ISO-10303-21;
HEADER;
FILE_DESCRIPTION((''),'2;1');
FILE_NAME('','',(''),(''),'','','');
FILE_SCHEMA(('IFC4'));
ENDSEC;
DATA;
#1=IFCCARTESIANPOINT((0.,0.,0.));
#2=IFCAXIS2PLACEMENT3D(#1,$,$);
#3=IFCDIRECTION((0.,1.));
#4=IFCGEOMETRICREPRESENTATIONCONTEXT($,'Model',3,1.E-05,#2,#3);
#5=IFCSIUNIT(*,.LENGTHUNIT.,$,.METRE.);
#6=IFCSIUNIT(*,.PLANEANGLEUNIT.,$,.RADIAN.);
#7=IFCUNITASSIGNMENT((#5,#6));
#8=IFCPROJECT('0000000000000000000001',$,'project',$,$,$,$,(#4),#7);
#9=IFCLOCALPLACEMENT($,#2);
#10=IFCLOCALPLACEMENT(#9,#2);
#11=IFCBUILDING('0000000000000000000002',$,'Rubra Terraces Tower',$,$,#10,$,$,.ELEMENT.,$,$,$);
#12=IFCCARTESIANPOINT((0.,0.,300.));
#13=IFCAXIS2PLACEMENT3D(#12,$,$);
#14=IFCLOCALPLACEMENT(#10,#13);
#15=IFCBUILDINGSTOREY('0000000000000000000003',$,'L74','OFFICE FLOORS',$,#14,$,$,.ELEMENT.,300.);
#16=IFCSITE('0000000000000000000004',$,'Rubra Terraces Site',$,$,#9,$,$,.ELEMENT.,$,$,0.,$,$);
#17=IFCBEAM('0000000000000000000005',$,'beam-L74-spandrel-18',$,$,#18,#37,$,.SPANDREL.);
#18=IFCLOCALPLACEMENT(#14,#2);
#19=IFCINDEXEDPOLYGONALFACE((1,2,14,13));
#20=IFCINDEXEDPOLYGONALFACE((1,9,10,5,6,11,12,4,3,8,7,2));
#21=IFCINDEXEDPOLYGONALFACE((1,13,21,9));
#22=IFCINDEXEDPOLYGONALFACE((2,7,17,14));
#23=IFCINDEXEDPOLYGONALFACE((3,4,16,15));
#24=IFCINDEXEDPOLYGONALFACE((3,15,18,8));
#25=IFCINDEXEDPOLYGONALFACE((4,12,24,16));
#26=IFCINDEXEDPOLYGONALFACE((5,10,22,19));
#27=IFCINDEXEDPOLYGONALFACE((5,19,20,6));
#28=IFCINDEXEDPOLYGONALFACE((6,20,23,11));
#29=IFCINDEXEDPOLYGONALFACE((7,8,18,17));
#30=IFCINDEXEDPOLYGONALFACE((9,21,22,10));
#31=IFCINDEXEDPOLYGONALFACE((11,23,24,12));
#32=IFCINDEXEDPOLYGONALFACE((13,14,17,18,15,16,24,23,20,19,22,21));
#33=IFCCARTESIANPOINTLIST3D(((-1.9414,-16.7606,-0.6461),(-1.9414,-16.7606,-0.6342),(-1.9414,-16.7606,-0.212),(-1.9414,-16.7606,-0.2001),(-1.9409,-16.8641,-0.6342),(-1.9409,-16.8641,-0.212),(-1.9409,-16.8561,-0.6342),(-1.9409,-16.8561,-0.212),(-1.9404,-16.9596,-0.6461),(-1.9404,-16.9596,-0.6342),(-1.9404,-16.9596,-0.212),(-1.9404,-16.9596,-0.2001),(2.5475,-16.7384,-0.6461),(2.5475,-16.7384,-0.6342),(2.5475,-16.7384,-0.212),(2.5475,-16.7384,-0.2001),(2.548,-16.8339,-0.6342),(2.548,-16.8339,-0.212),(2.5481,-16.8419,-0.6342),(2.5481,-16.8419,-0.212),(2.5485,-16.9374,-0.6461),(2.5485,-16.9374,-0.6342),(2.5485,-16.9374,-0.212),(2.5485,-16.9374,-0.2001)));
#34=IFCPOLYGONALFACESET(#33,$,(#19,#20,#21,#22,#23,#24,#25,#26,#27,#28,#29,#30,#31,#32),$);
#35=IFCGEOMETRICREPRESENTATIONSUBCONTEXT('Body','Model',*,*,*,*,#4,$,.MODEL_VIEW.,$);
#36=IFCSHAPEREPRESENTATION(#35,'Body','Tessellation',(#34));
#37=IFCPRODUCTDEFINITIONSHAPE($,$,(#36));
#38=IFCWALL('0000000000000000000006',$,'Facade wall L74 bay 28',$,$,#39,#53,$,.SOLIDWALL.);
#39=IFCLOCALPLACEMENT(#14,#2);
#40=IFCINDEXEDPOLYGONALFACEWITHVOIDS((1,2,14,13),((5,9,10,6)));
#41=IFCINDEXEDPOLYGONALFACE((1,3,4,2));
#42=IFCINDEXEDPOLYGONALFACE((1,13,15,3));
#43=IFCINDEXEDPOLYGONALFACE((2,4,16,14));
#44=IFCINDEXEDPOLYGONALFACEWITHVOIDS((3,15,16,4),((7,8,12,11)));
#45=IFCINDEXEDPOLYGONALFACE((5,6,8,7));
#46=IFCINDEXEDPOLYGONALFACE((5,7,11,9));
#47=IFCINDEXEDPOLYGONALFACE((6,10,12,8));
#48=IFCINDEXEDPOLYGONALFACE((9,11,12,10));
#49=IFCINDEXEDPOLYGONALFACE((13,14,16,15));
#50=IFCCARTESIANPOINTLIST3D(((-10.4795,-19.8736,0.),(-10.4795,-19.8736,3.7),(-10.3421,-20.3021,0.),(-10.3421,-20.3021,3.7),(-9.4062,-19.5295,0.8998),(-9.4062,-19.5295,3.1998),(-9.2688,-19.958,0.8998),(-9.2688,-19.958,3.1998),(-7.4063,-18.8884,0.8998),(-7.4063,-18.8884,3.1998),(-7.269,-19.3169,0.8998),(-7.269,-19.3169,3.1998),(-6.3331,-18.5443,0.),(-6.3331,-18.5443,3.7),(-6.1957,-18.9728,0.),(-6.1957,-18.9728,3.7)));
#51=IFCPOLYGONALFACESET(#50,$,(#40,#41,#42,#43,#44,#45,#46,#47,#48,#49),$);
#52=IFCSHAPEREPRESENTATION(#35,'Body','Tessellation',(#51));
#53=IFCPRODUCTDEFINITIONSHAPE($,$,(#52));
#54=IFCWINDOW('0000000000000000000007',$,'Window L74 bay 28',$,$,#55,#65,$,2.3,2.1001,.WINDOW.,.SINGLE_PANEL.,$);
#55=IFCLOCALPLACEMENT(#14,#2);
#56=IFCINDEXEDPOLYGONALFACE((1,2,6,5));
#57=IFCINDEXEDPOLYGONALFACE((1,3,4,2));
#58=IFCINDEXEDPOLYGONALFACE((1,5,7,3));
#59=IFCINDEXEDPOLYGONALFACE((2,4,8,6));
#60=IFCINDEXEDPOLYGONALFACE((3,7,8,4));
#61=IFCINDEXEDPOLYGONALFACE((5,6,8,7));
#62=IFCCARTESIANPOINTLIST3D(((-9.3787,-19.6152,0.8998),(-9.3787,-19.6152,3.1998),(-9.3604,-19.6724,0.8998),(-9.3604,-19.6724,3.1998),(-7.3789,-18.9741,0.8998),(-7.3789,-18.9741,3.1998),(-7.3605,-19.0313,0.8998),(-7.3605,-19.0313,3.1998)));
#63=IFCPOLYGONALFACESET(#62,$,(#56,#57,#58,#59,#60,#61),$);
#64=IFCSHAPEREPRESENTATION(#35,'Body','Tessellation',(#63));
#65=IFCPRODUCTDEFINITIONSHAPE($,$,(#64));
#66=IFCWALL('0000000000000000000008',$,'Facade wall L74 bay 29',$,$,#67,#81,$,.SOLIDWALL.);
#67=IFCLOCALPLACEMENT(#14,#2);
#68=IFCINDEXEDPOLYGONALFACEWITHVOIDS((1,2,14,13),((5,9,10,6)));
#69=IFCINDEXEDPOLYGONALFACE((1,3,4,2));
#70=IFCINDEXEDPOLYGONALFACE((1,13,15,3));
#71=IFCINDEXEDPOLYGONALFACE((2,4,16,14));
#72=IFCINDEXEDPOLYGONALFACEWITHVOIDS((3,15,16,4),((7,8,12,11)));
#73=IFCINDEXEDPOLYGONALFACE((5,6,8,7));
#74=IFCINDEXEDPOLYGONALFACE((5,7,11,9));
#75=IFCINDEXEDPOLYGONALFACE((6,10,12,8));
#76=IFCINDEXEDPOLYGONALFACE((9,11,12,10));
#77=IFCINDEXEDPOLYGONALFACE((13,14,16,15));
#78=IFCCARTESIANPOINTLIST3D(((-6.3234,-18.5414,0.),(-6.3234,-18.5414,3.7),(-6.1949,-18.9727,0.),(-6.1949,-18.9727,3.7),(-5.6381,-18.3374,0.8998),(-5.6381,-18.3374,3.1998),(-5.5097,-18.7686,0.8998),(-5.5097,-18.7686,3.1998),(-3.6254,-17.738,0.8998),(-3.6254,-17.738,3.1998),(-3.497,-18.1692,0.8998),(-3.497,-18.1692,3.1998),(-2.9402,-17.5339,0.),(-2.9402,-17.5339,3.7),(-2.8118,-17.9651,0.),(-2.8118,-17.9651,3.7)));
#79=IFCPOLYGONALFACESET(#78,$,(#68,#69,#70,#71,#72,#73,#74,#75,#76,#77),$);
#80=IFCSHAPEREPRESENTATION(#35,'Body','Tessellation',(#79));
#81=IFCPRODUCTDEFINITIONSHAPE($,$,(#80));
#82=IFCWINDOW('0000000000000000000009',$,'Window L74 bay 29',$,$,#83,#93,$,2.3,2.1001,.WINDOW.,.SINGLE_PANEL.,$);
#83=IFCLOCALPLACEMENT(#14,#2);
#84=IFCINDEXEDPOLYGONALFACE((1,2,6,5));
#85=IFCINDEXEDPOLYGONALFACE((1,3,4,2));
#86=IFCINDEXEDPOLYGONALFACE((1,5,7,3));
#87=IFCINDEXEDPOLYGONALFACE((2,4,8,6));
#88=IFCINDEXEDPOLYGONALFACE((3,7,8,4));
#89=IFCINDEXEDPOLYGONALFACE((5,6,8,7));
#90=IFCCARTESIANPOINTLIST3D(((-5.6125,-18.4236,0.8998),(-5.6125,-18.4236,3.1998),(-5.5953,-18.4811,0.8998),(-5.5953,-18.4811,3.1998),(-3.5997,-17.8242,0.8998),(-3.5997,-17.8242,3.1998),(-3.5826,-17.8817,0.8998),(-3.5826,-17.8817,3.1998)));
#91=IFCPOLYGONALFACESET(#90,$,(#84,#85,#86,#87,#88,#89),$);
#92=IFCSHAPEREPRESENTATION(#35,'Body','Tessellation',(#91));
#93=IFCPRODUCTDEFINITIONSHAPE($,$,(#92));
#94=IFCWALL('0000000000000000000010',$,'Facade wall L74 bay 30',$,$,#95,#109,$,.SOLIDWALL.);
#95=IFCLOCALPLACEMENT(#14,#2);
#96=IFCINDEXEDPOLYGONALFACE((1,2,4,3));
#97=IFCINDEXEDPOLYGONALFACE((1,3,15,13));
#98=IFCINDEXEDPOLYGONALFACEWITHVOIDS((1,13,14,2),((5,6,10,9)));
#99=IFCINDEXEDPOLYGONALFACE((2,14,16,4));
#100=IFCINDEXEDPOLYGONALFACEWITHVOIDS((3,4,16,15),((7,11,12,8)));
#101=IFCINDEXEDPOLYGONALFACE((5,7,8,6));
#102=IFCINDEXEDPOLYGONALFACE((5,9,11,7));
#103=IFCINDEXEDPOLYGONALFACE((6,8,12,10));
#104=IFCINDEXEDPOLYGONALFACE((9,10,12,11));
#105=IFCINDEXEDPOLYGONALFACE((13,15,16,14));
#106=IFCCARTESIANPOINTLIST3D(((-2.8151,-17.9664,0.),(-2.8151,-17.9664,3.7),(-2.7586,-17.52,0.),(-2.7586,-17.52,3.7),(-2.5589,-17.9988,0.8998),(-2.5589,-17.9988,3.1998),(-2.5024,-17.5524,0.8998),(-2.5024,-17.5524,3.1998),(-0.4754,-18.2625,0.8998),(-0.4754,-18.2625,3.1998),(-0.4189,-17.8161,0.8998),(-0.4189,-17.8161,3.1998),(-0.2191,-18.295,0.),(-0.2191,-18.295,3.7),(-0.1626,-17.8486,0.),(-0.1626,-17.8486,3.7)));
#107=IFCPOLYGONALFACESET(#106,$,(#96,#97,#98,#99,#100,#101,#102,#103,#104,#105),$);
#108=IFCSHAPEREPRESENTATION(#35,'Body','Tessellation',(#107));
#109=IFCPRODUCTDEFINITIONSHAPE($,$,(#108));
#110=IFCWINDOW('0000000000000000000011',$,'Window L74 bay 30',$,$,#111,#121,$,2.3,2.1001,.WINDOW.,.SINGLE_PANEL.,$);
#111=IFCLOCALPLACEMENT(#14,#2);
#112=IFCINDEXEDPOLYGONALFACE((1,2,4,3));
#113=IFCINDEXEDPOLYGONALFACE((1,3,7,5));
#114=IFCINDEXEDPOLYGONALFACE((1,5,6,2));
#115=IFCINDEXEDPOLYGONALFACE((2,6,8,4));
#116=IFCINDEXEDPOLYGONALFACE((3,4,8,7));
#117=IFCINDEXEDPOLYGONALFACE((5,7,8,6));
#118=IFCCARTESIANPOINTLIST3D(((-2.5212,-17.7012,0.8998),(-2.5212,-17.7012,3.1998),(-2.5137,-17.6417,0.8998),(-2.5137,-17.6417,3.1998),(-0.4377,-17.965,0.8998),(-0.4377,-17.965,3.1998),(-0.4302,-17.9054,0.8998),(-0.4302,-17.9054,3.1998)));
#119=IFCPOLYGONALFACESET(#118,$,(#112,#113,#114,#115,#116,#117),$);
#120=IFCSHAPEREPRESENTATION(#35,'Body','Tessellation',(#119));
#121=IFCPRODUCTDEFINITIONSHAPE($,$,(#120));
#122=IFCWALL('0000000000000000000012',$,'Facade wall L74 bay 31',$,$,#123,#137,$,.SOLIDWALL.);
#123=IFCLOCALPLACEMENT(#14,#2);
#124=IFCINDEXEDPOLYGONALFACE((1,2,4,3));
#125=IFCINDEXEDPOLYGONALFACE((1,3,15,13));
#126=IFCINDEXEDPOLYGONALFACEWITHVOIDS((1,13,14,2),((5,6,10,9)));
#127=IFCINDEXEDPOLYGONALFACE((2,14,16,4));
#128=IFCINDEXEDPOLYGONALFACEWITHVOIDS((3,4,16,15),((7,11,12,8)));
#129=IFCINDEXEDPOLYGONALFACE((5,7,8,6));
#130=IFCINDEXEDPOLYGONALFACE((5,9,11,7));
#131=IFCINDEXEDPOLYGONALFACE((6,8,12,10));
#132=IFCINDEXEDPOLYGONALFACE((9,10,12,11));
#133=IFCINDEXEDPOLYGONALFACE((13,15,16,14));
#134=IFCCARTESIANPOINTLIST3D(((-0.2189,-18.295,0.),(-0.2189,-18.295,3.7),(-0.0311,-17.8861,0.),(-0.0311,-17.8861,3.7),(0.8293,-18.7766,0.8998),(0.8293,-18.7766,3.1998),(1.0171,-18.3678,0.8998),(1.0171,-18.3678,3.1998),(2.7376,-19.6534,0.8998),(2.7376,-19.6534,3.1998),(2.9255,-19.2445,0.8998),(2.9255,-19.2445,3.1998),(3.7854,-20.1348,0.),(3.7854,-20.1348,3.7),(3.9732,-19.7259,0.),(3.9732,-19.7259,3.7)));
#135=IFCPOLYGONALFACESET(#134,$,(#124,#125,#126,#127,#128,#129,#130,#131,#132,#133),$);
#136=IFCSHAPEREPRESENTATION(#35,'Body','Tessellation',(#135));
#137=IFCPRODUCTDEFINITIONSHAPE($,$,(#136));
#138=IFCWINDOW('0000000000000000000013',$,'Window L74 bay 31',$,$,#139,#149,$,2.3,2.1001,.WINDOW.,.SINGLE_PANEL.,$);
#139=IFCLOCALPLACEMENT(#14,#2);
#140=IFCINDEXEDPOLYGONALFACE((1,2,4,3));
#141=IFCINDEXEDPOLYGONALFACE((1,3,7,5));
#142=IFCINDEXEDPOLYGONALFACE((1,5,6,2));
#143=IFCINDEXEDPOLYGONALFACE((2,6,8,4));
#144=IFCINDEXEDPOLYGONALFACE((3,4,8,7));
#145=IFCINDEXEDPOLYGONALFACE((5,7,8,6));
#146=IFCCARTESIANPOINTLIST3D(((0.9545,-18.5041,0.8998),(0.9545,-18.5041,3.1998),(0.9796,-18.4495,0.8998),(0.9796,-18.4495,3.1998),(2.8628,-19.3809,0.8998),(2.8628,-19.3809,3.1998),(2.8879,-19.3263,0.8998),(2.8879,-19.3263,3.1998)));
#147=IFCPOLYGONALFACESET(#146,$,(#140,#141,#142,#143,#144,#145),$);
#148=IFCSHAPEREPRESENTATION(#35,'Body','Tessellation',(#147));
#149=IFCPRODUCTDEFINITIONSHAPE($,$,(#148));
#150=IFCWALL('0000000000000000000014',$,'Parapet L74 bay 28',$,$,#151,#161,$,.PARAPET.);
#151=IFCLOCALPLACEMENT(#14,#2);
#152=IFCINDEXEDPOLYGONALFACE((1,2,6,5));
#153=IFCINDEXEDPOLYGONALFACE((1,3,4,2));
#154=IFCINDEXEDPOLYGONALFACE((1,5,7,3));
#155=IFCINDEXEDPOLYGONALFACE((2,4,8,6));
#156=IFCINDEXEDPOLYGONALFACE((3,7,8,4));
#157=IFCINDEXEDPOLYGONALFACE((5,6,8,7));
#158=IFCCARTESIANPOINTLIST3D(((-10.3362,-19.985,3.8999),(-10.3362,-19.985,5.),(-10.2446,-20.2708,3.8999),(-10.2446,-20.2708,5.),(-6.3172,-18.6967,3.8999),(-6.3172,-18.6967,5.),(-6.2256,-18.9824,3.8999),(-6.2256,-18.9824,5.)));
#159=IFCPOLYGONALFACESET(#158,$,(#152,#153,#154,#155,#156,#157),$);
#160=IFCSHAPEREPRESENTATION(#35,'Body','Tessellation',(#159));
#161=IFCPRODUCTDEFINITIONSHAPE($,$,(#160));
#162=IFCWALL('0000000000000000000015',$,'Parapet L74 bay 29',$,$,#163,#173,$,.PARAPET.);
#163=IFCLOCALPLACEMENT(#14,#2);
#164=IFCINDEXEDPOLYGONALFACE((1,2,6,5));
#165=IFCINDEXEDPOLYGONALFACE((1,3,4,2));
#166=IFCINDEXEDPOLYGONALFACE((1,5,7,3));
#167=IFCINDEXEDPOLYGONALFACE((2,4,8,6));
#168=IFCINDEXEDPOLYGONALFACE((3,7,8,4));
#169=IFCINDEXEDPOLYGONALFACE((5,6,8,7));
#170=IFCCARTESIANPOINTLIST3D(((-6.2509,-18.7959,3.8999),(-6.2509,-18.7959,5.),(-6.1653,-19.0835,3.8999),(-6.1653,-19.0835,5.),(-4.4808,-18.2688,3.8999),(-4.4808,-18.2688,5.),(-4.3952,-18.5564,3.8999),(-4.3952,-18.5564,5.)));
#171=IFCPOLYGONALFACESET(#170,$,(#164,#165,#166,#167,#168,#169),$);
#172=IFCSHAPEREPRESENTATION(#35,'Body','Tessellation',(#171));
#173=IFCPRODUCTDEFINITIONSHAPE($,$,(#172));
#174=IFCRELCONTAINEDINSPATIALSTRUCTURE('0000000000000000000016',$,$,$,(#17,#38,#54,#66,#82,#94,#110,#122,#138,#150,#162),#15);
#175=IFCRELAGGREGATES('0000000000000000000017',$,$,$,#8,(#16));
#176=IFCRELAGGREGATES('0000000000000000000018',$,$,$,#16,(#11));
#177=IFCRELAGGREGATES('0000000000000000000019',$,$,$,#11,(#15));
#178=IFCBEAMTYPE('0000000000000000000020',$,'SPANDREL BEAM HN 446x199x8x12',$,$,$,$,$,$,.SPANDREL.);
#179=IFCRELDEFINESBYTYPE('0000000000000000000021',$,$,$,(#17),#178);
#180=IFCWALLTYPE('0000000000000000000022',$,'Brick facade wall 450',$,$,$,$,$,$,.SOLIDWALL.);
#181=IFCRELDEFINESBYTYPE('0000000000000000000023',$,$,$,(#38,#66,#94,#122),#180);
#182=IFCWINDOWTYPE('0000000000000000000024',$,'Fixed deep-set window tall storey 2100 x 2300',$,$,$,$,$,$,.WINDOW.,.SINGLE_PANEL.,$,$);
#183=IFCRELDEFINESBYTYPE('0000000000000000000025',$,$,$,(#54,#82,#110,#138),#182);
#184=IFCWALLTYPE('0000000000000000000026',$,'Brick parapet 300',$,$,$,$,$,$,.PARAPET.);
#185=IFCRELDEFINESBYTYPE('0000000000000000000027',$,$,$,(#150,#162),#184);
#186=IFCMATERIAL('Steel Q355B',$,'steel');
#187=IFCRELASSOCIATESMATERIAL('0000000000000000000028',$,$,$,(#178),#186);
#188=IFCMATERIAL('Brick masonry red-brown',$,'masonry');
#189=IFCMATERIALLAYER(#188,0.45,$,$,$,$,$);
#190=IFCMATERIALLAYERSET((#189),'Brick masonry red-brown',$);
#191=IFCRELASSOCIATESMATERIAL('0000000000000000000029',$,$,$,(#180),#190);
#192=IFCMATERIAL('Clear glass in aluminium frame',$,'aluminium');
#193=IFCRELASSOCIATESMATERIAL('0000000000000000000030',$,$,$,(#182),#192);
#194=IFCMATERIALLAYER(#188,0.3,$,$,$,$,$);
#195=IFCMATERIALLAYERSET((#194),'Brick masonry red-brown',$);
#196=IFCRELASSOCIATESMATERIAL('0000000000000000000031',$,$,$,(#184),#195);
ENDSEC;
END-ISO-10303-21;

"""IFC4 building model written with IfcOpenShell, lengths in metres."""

from ifc_helpers import new_model, si_unit, direction, frame, frame_2d, origin, origin_2d, place, context, subcontext, project, spatial, rectangle, i_section, extrude, material, layer, layer_set, material_profile, profile_set, type_object, element, fill, save


model = new_model("IFC4")

# Units and contexts
model_context = context("Model", 3, precision=1e-05, world=origin(), true_north=direction((0.0, 1.0)))
body_context = subcontext(model_context, "Body", "Model", "MODEL_VIEW")
ifc_project = project(units=[si_unit("LENGTHUNIT", "METRE"), si_unit("PLANEANGLEUNIT", "RADIAN")], contexts=[model_context])

# Site, building, storey
site_placement = place(None, origin())
site = spatial("IfcSite", under=ifc_project, at=site_placement, Name="Rubra Terraces Site", CompositionType="ELEMENT", RefElevation=0.0)
building_placement = place(site_placement, origin())
building = spatial("IfcBuilding", under=site, at=building_placement, Name="Rubra Terraces Tower", CompositionType="ELEMENT")
storey_placement = place(building_placement, frame((0.0, 0.0, 300.0)))
storey = spatial("IfcBuildingStorey", under=building, at=storey_placement, Name="L74", Description="OFFICE FLOORS", CompositionType="ELEMENT", Elevation=300.0)

# Beam
ifc_material_1 = material(Name="Steel Q355B", Category="steel")
ifc_material_profile_1 = material_profile(ifc_material_1, i_section(OverallWidth=0.199, OverallDepth=0.446, WebThickness=0.0081, FlangeThickness=0.012, at=origin_2d()), Name="HN 446x199x8x12")
ifc_profile_set_1 = profile_set([ifc_material_profile_1], Name="Steel Q355B")
beam_type_1 = type_object("IfcBeamType", Name="SPANDREL BEAM HN 446x199x8x12", PredefinedType="SPANDREL", material=ifc_profile_set_1)
beam_1_placement = place(storey_placement, frame((-1.9409, -16.8601, -0.4231), z_axis=(0.999988, 0.004949, 0.0), x_axis=(-0.004949, 0.999988, 0.0)))
element("IfcBeam", 1, at=beam_1_placement, inside=storey, type_object=beam_type_1, Name="beam-L74-spandrel-18", PredefinedType="SPANDREL", context=body_context, shape_type="SweptSolid", body=[
    extrude(i_section(OverallWidth=0.199, OverallDepth=0.446, WebThickness=0.0081, FlangeThickness=0.012, at=origin_2d()), origin(), (0.0, 0.0, 1.0), 4.489),
])

# Walls, openings, windows
ifc_material_2 = material(Name="Brick masonry red-brown", Category="masonry")
ifc_layer_1 = layer(ifc_material_2, 0.45)
ifc_layer_set_1 = layer_set([ifc_layer_1], Name="Brick masonry red-brown")
wall_type_1 = type_object("IfcWallType", Name="Brick facade wall 450", PredefinedType="SOLIDWALL", material=ifc_layer_set_1)
wall_1_placement = place(storey_placement, frame((-10.4109, -20.0879, 0.0), z_axis=(0.0, 0.0, 1.0), x_axis=(0.952259, 0.30529, 0.0)))
wall_1 = element("IfcWall", 2, at=wall_1_placement, inside=storey, type_object=wall_type_1, Name="Facade wall L74 bay 28", PredefinedType="SOLIDWALL", context=body_context, shape_type="SweptSolid", body=[
    extrude(rectangle(XDim=4.3542, YDim=0.45, at=frame_2d((2.1772, 0.0))), origin(), (0.0, 0.0, 1.0), 3.7),
])
opening_1_placement = place(wall_1_placement, frame((1.1272, 0.0, 0.8999)))
opening_1 = element("IfcOpeningElement", 3, at=opening_1_placement, cuts=wall_1, PredefinedType="OPENING", context=body_context, shape_type="SweptSolid", body=[
    extrude(rectangle(XDim=2.1001, YDim=2.3, at=frame_2d((1.05, 1.1499))), frame((0.0, 0.2349, 0.0), z_axis=(0.0, -1.0, 0.0), x_axis=(1.0, 0.0, 0.0)), (0.0, 0.0, 1.0), 0.47),
])
ifc_material_3 = material(Name="Clear glass in aluminium frame", Category="aluminium")
window_type = type_object("IfcWindowType", Name="Fixed deep-set window tall storey 2100 x 2300", PartitioningType="SINGLE_PANEL", PredefinedType="WINDOW", material=ifc_material_3)
window_1_placement = place(opening_1_placement, origin())
window_1 = element("IfcWindow", 4, at=window_1_placement, inside=storey, type_object=window_type, Name="Window L74 bay 28", OverallHeight=2.3, OverallWidth=2.1001, PartitioningType="SINGLE_PANEL", PredefinedType="WINDOW", context=body_context, shape_type="SweptSolid", body=[
    extrude(rectangle(XDim=2.1001, YDim=2.3, at=frame_2d((1.05, 1.1499))), frame((0.0, 0.135, 0.0), z_axis=(0.0, -1.0, 0.0), x_axis=(1.0, 0.0, 0.0)), (0.0, 0.0, 1.0), 0.0601),
])
fill(opening_1, window_1)
wall_2_placement = place(storey_placement, frame((-6.2593, -18.7571, 0.0), z_axis=(0.0, 0.0, 1.0), x_axis=(0.958403, 0.285418, 0.0)))
wall_2 = element("IfcWall", 5, at=wall_2_placement, inside=storey, type_object=wall_type_1, Name="Facade wall L74 bay 29", PredefinedType="SOLIDWALL", context=body_context, shape_type="SweptSolid", body=[
    extrude(rectangle(XDim=3.53, YDim=0.45, at=frame_2d((1.7651, 0.0))), origin(), (0.0, 0.0, 1.0), 3.7),
])
opening_2_placement = place(wall_2_placement, frame((0.7151, 0.0, 0.8999)))
opening_2 = element("IfcOpeningElement", 6, at=opening_2_placement, cuts=wall_2, PredefinedType="OPENING", context=body_context, shape_type="SweptSolid", body=[
    extrude(rectangle(XDim=2.1001, YDim=2.3, at=frame_2d((1.05, 1.1499))), frame((0.0, 0.2349, 0.0), z_axis=(0.0, -1.0, 0.0), x_axis=(1.0, 0.0, 0.0)), (0.0, 0.0, 1.0), 0.47),
])
window_2_placement = place(opening_2_placement, origin())
window_2 = element("IfcWindow", 7, at=window_2_placement, inside=storey, type_object=window_type, Name="Window L74 bay 29", OverallHeight=2.3, OverallWidth=2.1001, PartitioningType="SINGLE_PANEL", PredefinedType="WINDOW", context=body_context, shape_type="SweptSolid", body=[
    extrude(rectangle(XDim=2.1001, YDim=2.3, at=frame_2d((1.05, 1.1499))), frame((0.0, 0.135, 0.0), z_axis=(0.0, -1.0, 0.0), x_axis=(1.0, 0.0, 0.0)), (0.0, 0.0, 1.0), 0.0601),
])
fill(opening_2, window_2)
wall_3_placement = place(storey_placement, frame((-2.7869, -17.7432, 0.0), z_axis=(0.0, 0.0, 1.0), x_axis=(0.992083, -0.125585, 0.0)))
wall_3 = element("IfcWall", 8, at=wall_3_placement, inside=storey, type_object=wall_type_1, Name="Facade wall L74 bay 30", PredefinedType="SOLIDWALL", context=body_context, shape_type="SweptSolid", body=[
    extrude(rectangle(XDim=2.6167, YDim=0.45, at=frame_2d((1.3083, 0.0))), origin(), (0.0, 0.0, 1.0), 3.7),
])
opening_3_placement = place(wall_3_placement, frame((0.2583, 0.0, 0.8999)))
opening_3 = element("IfcOpeningElement", 9, at=opening_3_placement, cuts=wall_3, PredefinedType="OPENING", context=body_context, shape_type="SweptSolid", body=[
    extrude(rectangle(XDim=2.1001, YDim=2.3, at=frame_2d((1.05, 1.1499))), frame((0.0, 0.2349, 0.0), z_axis=(0.0, -1.0, 0.0), x_axis=(1.0, 0.0, 0.0)), (0.0, 0.0, 1.0), 0.47),
])
window_3_placement = place(opening_3_placement, origin())
window_3 = element("IfcWindow", 10, at=window_3_placement, inside=storey, type_object=window_type, Name="Window L74 bay 30", OverallHeight=2.3, OverallWidth=2.1001, PartitioningType="SINGLE_PANEL", PredefinedType="WINDOW", context=body_context, shape_type="SweptSolid", body=[
    extrude(rectangle(XDim=2.1001, YDim=2.3, at=frame_2d((1.05, 1.1499))), frame((0.0, 0.135, 0.0), z_axis=(0.0, -1.0, 0.0), x_axis=(1.0, 0.0, 0.0)), (0.0, 0.0, 1.0), 0.0601),
])
fill(opening_3, window_3)
wall_4_placement = place(storey_placement, frame((-0.125, -18.0906, 0.0), z_axis=(0.0, 0.0, 1.0), x_axis=(0.908678, -0.417498, 0.0)))
wall_4 = element("IfcWall", 11, at=wall_4_placement, inside=storey, type_object=wall_type_1, Name="Facade wall L74 bay 31", PredefinedType="SOLIDWALL", context=body_context, shape_type="SweptSolid", body=[
    extrude(rectangle(XDim=4.4067, YDim=0.45, at=frame_2d((2.2034, 0.0))), origin(), (0.0, 0.0, 1.0), 3.7),
])
opening_4_placement = place(wall_4_placement, frame((1.1536, 0.0, 0.8999)))
opening_4 = element("IfcOpeningElement", 12, at=opening_4_placement, cuts=wall_4, PredefinedType="OPENING", context=body_context, shape_type="SweptSolid", body=[
    extrude(rectangle(XDim=2.1001, YDim=2.3, at=frame_2d((1.05, 1.1499))), frame((0.0, 0.2349, 0.0), z_axis=(0.0, -1.0, 0.0), x_axis=(1.0, 0.0, 0.0)), (0.0, 0.0, 1.0), 0.47),
])
window_4_placement = place(opening_4_placement, origin())
window_4 = element("IfcWindow", 13, at=window_4_placement, inside=storey, type_object=window_type, Name="Window L74 bay 31", OverallHeight=2.3, OverallWidth=2.1001, PartitioningType="SINGLE_PANEL", PredefinedType="WINDOW", context=body_context, shape_type="SweptSolid", body=[
    extrude(rectangle(XDim=2.1001, YDim=2.3, at=frame_2d((1.05, 1.1499))), frame((0.0, 0.135, 0.0), z_axis=(0.0, -1.0, 0.0), x_axis=(1.0, 0.0, 0.0)), (0.0, 0.0, 1.0), 0.0601),
])
fill(opening_4, window_4)

# Walls
ifc_layer_2 = layer(ifc_material_2, 0.3)
ifc_layer_set_2 = layer_set([ifc_layer_2], Name="Brick masonry red-brown")
wall_type_2 = type_object("IfcWallType", Name="Brick parapet 300", PredefinedType="PARAPET", material=ifc_layer_set_2)
wall_5_placement = place(storey_placement, frame((-10.2905, -20.1279, 3.8999), z_axis=(0.0, 0.0, 1.0), x_axis=(0.95227, 0.305256, 0.0)))
element("IfcWall", 14, at=wall_5_placement, inside=storey, type_object=wall_type_2, Name="Parapet L74 bay 28", PredefinedType="PARAPET", context=body_context, shape_type="SweptSolid", body=[
    extrude(rectangle(XDim=4.2205, YDim=0.3, at=frame_2d((2.1104, 0.0))), origin(), (0.0, 0.0, 1.0), 1.1001),
])
wall_6_placement = place(storey_placement, frame((-6.208, -18.9397, 3.8999), z_axis=(0.0, 0.0, 1.0), x_axis=(0.958406, 0.285407, 0.0)))
element("IfcWall", 15, at=wall_6_placement, inside=storey, type_object=wall_type_2, Name="Parapet L74 bay 29", PredefinedType="PARAPET", context=body_context, shape_type="SweptSolid", body=[
    extrude(rectangle(XDim=1.8469, YDim=0.3, at=frame_2d((0.9233, 0.0))), origin(), (0.0, 0.0, 1.0), 1.1001),
])

save(model, "model.ifc")
